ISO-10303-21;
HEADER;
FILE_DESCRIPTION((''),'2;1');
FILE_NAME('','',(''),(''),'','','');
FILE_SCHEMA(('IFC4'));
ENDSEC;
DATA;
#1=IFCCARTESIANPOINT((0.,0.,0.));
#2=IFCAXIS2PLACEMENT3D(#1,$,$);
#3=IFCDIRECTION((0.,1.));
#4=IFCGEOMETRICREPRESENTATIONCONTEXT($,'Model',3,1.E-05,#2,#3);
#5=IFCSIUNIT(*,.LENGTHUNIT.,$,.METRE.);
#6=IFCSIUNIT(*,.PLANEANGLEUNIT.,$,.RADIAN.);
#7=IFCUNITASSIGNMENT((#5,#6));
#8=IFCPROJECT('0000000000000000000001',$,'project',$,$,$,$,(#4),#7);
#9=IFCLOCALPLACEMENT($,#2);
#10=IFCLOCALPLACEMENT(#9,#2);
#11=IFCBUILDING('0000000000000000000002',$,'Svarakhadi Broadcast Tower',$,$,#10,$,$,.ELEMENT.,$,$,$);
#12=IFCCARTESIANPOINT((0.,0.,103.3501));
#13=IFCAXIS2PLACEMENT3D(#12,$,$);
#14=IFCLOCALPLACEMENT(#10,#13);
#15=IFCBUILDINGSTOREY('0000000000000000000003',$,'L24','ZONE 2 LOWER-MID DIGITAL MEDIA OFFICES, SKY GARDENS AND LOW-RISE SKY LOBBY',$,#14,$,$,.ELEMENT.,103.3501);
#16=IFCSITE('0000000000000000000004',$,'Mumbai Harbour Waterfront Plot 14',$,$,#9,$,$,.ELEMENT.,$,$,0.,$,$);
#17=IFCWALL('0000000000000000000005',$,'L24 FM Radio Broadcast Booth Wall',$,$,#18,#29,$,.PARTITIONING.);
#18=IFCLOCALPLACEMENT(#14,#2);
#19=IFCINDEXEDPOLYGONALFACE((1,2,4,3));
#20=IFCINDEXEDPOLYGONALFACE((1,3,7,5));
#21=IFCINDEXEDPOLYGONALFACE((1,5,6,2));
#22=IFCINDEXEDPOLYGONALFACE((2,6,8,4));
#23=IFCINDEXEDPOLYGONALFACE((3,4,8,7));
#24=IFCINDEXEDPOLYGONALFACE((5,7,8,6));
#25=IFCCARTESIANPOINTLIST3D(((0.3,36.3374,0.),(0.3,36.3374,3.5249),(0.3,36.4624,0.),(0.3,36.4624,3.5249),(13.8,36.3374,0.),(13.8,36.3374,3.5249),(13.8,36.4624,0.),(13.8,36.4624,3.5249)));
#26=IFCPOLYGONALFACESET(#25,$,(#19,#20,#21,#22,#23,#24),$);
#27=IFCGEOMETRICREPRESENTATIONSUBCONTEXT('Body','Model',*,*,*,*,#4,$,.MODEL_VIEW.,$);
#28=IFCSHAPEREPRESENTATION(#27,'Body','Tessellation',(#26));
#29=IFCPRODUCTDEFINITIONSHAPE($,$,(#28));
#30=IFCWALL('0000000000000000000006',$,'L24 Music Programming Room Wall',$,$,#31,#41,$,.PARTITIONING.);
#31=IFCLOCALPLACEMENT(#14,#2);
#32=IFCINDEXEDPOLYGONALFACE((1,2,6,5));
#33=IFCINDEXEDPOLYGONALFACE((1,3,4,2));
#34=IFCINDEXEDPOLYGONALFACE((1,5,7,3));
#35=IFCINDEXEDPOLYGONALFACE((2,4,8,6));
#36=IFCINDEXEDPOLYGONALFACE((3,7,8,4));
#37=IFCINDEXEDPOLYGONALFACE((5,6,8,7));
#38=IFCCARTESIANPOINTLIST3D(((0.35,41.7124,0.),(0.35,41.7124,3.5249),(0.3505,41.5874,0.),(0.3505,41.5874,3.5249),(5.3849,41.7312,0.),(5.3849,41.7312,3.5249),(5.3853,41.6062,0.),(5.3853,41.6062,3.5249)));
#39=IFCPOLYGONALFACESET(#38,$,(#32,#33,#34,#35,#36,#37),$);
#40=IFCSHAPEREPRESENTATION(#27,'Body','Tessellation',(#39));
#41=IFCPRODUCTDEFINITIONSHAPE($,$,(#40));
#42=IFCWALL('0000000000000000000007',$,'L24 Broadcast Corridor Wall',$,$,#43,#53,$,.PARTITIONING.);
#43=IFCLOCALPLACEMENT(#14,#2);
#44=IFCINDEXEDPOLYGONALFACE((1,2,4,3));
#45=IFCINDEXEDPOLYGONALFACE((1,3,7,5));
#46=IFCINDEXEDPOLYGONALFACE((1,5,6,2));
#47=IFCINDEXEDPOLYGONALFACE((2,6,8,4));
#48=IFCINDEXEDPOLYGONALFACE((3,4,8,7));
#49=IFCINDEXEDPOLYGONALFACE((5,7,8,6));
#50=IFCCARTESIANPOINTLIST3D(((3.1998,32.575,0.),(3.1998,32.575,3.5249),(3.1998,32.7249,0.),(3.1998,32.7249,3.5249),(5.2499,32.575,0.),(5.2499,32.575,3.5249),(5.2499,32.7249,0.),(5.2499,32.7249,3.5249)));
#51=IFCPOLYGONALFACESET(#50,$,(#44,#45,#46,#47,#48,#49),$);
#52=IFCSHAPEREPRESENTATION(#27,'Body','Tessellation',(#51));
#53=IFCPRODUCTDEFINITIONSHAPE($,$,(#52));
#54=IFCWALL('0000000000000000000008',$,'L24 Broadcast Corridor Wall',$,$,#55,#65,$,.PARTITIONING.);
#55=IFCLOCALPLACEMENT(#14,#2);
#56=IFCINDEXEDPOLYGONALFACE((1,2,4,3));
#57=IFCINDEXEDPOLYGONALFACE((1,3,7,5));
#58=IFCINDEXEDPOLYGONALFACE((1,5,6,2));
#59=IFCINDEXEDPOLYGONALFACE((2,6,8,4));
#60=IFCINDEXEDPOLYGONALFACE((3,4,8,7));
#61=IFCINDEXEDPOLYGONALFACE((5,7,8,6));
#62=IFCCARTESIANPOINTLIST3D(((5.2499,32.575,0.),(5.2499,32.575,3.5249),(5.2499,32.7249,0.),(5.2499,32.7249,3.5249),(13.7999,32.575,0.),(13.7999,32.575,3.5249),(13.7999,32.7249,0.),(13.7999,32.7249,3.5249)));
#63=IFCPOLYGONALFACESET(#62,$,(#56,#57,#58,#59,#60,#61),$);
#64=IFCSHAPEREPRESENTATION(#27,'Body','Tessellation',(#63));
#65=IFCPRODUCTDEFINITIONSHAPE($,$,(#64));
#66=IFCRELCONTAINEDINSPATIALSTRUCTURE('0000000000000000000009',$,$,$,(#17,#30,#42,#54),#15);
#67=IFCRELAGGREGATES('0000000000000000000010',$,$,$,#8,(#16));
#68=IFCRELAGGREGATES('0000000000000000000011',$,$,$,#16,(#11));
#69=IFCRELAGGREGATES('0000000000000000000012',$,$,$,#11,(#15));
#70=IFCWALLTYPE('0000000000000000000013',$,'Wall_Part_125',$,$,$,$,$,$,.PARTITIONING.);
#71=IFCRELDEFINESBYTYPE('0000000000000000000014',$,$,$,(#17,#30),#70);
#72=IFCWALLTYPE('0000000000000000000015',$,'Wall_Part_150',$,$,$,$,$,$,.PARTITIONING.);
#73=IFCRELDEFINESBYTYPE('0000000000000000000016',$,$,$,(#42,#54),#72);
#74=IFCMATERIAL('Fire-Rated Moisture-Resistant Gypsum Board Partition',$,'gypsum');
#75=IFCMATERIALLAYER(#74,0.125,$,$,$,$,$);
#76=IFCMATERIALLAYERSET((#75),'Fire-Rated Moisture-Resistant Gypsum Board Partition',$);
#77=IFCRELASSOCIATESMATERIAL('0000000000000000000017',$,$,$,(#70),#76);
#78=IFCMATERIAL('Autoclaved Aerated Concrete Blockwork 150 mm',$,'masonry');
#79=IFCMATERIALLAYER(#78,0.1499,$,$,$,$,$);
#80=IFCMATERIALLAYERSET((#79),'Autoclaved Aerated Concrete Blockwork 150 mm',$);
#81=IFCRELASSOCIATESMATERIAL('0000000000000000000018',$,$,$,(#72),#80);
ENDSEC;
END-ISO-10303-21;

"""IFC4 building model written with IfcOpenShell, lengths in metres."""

from ifc_helpers import new_model, si_unit, direction, frame, frame_2d, origin, place, context, subcontext, project, spatial, rectangle, extrude, material, layer, layer_set, type_object, element, save


model = new_model("IFC4")

# Units and contexts
model_context = context("Model", 3, precision=1e-05, world=origin(), true_north=direction((0.0, 1.0)))
body_context = subcontext(model_context, "Body", "Model", "MODEL_VIEW")
ifc_project = project(units=[si_unit("LENGTHUNIT", "METRE"), si_unit("PLANEANGLEUNIT", "RADIAN")], contexts=[model_context])

# Site, building, storey
site_placement = place(None, origin())
site = spatial("IfcSite", under=ifc_project, at=site_placement, Name="Mumbai Harbour Waterfront Plot 14", CompositionType="ELEMENT", RefElevation=0.0)
building_placement = place(site_placement, origin())
building = spatial("IfcBuilding", under=site, at=building_placement, Name="Svarakhadi Broadcast Tower", CompositionType="ELEMENT")
storey_placement = place(building_placement, frame((0.0, 0.0, 103.3501)))
storey = spatial("IfcBuildingStorey", under=building, at=storey_placement, Name="L24", Description="ZONE 2 LOWER-MID DIGITAL MEDIA OFFICES, SKY GARDENS AND LOW-RISE SKY LOBBY", CompositionType="ELEMENT", Elevation=103.3501)

# Walls
ifc_material_1 = material(Name="Fire-Rated Moisture-Resistant Gypsum Board Partition", Category="gypsum")
ifc_layer_1 = layer(ifc_material_1, 0.125)
ifc_layer_set_1 = layer_set([ifc_layer_1], Name="Fire-Rated Moisture-Resistant Gypsum Board Partition")
wall_type_1 = type_object("IfcWallType", Name="Wall_Part_125", PredefinedType="PARTITIONING", material=ifc_layer_set_1)
wall_1_placement = place(storey_placement, frame((0.3, 36.3999, 0.0), z_axis=(0.0, 0.0, 1.0), x_axis=(1.0, 0.0, 0.0)))
element("IfcWall", 1, at=wall_1_placement, inside=storey, type_object=wall_type_1, Name="L24 FM Radio Broadcast Booth Wall", PredefinedType="PARTITIONING", context=body_context, shape_type="SweptSolid", body=[
    extrude(rectangle(XDim=13.5, YDim=0.125, at=frame_2d((6.75, 0.0))), origin(), (0.0, 0.0, 1.0), 3.5249),
])
wall_2_placement = place(storey_placement, frame((0.3501, 41.6499, 0.0), z_axis=(0.0, 0.0, 1.0), x_axis=(0.999993, 0.003734, 0.0)))
element("IfcWall", 2, at=wall_2_placement, inside=storey, type_object=wall_type_1, Name="L24 Music Programming Room Wall", PredefinedType="PARTITIONING", context=body_context, shape_type="SweptSolid", body=[
    extrude(rectangle(XDim=5.0349, YDim=0.125, at=frame_2d((2.5176, 0.0))), origin(), (0.0, 0.0, 1.0), 3.5249),
])
ifc_material_2 = material(Name="Autoclaved Aerated Concrete Blockwork 150 mm", Category="masonry")
ifc_layer_2 = layer(ifc_material_2, 0.1499)
ifc_layer_set_2 = layer_set([ifc_layer_2], Name="Autoclaved Aerated Concrete Blockwork 150 mm")
wall_type_2 = type_object("IfcWallType", Name="Wall_Part_150", PredefinedType="PARTITIONING", material=ifc_layer_set_2)
wall_3_placement = place(storey_placement, frame((3.2, 32.6499, 0.0), z_axis=(0.0, 0.0, 1.0), x_axis=(1.0, 0.0, 0.0)))
element("IfcWall", 3, at=wall_3_placement, inside=storey, type_object=wall_type_2, Name="L24 Broadcast Corridor Wall", PredefinedType="PARTITIONING", context=body_context, shape_type="SweptSolid", body=[
    extrude(rectangle(XDim=2.05, YDim=0.1499, at=frame_2d((1.0249, 0.0))), origin(), (0.0, 0.0, 1.0), 3.5249),
])
wall_4_placement = place(storey_placement, frame((5.25, 32.6499, 0.0), z_axis=(0.0, 0.0, 1.0), x_axis=(1.0, 0.0, 0.0)))
element("IfcWall", 4, at=wall_4_placement, inside=storey, type_object=wall_type_2, Name="L24 Broadcast Corridor Wall", PredefinedType="PARTITIONING", context=body_context, shape_type="SweptSolid", body=[
    extrude(rectangle(XDim=8.55, YDim=0.1499, at=frame_2d((4.2749, 0.0))), origin(), (0.0, 0.0, 1.0), 3.5249),
])

save(model, "model.ifc")
